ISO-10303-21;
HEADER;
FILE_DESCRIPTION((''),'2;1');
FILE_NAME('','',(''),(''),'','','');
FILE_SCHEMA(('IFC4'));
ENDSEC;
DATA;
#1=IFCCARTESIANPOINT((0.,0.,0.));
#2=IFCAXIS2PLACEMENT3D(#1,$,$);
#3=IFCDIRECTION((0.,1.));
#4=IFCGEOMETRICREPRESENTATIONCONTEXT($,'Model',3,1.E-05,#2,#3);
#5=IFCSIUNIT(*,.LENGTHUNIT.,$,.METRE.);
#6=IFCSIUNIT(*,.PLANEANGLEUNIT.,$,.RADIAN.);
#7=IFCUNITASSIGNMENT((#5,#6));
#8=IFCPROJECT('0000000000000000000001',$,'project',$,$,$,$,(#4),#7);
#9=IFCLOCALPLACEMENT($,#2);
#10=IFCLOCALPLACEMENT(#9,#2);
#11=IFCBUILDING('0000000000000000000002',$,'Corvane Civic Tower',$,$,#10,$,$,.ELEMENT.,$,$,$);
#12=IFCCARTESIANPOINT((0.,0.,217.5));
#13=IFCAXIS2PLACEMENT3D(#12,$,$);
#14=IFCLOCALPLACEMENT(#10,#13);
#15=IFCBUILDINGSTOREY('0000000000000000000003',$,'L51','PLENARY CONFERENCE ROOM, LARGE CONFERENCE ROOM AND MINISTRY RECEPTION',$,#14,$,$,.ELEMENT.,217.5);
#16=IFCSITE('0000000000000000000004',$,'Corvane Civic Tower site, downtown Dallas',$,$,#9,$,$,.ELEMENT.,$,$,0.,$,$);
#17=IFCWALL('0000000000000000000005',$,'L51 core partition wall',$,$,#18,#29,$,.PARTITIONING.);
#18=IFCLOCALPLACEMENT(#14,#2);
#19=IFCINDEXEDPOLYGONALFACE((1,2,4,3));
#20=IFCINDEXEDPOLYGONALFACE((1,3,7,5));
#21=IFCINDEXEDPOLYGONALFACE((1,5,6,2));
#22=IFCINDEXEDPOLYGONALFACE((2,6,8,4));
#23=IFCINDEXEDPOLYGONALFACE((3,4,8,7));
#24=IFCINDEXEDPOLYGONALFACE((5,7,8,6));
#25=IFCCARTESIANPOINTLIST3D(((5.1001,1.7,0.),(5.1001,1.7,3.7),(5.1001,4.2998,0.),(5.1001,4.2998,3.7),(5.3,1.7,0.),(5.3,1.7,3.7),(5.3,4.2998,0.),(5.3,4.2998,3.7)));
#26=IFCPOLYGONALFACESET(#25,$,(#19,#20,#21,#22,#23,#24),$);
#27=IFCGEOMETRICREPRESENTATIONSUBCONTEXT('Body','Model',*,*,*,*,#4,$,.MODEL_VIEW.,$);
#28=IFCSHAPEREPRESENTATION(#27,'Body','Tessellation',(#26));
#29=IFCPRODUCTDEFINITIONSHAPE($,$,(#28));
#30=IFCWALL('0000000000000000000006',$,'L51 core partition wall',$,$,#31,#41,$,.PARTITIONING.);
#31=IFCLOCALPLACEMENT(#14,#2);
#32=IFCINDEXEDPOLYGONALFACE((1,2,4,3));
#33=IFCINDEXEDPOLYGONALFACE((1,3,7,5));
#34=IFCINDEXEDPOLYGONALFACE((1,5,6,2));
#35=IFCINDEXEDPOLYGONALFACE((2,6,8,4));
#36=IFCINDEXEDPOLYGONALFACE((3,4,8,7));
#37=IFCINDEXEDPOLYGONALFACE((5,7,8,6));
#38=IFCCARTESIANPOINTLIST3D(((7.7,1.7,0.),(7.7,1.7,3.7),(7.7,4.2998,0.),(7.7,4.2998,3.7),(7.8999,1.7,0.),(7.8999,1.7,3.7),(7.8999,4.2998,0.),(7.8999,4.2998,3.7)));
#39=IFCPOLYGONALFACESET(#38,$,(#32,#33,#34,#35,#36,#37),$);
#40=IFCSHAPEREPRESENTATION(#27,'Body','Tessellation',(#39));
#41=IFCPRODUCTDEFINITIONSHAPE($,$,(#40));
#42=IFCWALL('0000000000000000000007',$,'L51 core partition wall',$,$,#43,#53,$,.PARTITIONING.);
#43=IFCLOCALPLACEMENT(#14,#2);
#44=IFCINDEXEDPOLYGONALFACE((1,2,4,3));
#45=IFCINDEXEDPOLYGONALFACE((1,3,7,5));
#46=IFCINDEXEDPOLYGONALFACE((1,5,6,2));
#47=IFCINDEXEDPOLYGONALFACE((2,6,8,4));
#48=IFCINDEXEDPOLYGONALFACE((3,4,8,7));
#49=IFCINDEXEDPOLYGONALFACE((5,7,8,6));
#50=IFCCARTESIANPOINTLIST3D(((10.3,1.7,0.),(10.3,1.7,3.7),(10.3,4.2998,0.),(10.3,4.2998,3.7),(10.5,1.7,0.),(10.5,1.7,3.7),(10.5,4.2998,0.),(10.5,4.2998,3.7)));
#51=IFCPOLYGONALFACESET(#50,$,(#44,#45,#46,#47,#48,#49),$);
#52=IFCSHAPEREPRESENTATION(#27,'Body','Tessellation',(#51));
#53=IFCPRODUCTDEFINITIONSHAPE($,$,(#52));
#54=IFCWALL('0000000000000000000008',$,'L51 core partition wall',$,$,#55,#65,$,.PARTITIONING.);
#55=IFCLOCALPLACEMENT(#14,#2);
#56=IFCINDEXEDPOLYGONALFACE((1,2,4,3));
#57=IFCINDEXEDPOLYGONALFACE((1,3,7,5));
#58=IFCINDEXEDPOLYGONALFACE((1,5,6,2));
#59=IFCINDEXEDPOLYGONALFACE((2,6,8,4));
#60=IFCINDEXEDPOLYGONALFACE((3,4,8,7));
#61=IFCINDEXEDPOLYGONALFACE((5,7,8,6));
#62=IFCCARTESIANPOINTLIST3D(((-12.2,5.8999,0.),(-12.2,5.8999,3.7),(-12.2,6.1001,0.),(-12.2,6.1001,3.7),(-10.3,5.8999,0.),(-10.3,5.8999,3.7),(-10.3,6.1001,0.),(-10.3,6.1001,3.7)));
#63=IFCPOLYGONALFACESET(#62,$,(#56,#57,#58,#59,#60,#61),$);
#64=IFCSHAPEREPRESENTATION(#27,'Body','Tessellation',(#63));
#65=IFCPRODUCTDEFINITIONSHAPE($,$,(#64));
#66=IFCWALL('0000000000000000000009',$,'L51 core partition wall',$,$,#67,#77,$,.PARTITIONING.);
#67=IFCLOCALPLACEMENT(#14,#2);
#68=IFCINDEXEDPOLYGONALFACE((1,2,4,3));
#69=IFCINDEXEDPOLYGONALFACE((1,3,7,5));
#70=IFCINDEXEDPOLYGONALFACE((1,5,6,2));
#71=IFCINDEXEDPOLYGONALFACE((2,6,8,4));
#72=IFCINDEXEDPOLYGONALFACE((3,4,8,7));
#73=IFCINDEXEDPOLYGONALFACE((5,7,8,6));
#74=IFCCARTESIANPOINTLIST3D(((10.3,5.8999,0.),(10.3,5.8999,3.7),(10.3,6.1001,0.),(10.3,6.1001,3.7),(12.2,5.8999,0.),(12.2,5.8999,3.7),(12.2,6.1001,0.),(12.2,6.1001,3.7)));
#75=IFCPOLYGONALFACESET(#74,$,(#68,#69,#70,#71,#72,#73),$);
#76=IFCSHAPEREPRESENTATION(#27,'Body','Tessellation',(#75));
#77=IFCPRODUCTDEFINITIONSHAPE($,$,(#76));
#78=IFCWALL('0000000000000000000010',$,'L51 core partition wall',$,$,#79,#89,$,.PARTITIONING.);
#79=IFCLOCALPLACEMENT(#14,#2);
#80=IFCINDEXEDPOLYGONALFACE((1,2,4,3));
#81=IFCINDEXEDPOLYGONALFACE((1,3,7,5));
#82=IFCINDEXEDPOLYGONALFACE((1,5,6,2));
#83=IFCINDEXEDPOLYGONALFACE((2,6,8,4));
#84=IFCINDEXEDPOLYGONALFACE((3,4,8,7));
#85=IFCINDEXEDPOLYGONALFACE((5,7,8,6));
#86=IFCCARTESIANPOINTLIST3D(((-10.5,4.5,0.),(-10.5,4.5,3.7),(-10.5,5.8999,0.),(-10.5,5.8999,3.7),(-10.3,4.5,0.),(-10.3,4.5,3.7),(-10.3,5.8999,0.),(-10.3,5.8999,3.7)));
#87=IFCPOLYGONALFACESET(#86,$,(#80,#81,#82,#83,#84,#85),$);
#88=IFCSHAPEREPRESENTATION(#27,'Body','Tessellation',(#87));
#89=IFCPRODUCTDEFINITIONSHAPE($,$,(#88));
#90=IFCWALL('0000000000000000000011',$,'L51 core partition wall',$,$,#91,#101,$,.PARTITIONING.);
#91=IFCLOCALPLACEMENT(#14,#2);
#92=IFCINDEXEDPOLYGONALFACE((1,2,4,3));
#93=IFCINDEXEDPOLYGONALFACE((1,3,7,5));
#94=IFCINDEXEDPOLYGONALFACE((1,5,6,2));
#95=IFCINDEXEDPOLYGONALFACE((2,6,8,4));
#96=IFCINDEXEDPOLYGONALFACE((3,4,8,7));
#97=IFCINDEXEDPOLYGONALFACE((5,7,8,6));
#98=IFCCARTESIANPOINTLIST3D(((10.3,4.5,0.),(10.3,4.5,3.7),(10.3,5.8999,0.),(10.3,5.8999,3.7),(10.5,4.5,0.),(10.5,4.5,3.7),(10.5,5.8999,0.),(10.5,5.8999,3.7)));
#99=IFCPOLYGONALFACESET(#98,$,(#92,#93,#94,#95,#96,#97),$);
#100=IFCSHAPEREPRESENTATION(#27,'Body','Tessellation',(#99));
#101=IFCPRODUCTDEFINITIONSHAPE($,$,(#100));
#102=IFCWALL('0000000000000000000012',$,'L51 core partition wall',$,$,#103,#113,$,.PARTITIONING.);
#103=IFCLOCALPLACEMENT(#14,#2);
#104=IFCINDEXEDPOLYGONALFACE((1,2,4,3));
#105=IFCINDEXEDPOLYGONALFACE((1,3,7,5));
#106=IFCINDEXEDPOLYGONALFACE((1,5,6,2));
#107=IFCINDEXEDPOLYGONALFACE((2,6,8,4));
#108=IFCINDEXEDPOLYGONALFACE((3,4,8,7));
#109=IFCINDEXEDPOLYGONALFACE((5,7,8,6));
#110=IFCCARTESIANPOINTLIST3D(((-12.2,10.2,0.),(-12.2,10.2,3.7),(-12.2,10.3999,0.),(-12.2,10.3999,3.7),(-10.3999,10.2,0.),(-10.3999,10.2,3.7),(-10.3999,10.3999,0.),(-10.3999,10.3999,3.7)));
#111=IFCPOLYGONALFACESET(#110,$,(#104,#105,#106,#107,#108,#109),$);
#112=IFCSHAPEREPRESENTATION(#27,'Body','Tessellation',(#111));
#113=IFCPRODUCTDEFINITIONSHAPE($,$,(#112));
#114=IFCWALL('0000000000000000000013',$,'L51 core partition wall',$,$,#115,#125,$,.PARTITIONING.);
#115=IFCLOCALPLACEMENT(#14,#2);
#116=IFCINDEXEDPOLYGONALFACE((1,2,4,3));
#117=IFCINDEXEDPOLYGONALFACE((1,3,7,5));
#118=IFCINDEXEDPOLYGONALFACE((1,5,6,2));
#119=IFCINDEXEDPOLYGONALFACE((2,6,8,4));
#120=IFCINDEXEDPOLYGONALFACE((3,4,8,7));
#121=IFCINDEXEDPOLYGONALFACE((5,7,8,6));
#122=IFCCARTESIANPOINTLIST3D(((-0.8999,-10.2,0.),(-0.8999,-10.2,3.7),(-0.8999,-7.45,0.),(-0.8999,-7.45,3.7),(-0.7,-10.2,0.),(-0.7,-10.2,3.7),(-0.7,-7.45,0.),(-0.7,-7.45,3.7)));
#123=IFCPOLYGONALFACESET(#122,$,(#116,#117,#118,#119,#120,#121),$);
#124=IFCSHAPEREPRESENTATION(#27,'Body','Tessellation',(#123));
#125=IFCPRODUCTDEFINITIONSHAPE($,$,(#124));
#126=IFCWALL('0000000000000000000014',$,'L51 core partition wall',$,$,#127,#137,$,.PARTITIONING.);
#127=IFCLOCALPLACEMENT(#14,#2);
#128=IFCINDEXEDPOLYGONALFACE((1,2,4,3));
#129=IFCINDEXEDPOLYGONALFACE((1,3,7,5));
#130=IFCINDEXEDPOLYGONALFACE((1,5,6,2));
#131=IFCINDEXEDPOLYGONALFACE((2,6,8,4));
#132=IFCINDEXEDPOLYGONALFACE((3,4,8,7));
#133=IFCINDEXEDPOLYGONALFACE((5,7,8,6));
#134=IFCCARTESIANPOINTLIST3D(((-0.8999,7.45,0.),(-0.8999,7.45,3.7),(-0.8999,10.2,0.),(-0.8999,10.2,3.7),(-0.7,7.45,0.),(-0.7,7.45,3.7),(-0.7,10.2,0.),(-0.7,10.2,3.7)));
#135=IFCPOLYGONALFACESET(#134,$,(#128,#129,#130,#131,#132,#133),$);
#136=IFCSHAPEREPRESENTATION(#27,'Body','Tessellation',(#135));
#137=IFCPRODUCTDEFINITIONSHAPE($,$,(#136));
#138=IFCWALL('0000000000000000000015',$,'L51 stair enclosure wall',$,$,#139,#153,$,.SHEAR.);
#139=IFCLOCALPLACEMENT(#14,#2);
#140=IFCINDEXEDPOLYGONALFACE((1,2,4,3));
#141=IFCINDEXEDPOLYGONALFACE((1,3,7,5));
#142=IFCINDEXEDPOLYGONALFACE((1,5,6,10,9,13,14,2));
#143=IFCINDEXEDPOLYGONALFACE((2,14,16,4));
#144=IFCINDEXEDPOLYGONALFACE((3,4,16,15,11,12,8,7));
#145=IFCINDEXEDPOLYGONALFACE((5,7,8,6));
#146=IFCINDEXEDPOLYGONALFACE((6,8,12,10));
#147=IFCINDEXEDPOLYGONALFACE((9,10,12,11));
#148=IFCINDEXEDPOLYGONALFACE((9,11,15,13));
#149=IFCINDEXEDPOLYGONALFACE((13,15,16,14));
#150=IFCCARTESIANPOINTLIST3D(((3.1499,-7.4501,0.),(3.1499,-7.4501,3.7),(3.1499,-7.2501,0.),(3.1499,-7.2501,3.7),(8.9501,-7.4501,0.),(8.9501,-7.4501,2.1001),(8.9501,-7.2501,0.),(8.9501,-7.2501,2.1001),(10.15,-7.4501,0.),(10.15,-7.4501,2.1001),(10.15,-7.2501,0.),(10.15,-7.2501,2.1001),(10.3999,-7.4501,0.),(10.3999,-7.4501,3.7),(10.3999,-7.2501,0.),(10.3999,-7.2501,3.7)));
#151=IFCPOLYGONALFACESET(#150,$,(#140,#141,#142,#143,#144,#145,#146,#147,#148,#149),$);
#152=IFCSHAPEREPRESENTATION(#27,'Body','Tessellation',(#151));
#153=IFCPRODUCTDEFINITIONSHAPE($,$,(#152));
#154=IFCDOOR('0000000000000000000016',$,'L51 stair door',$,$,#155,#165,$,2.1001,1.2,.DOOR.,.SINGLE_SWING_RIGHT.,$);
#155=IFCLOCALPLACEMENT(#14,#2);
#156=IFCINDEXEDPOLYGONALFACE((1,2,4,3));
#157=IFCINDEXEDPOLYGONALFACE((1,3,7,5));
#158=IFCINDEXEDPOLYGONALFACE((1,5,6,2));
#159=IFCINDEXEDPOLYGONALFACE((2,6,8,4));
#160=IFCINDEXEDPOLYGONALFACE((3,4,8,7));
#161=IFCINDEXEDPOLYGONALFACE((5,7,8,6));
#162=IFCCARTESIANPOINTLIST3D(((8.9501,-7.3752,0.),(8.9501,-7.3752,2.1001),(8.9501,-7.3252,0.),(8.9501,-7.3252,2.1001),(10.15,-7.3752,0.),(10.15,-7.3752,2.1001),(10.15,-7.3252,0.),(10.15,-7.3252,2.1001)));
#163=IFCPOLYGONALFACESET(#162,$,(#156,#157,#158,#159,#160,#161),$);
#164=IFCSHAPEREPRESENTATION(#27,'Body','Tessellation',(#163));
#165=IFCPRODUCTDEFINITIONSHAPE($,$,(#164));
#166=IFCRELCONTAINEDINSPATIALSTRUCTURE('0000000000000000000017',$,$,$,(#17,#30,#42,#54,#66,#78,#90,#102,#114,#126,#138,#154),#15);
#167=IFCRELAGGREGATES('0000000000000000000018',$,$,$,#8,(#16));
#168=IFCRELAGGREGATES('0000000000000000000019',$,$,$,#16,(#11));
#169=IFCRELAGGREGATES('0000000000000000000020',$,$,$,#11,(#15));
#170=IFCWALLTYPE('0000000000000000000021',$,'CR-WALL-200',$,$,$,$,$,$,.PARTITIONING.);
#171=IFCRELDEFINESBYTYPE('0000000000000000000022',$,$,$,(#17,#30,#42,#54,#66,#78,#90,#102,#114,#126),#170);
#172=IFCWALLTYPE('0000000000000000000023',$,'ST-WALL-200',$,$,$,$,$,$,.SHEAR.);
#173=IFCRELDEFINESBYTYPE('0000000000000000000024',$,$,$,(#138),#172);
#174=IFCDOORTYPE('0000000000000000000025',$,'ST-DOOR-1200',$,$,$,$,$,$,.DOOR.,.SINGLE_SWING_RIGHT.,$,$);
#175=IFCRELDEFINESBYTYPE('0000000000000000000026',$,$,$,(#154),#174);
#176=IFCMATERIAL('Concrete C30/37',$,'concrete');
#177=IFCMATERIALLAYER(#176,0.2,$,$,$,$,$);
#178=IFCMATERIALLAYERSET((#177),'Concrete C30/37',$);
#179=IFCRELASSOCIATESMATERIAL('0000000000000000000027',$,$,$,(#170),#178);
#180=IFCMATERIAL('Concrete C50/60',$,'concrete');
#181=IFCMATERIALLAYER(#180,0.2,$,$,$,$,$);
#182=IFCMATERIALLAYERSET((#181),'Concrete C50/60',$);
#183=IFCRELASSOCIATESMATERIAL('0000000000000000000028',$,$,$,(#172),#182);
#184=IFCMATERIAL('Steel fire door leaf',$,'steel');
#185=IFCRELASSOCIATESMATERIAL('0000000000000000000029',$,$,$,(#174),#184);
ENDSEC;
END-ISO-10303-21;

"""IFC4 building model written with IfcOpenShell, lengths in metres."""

from ifc_helpers import new_model, si_unit, direction, frame, frame_2d, origin, place, context, subcontext, project, spatial, polyline, rectangle, outline, extrude, material, layer, layer_set, type_object, element, fill, save


model = new_model("IFC4")

# Units and contexts
model_context = context("Model", 3, precision=1e-05, world=origin(), true_north=direction((0.0, 1.0)))
body_context = subcontext(model_context, "Body", "Model", "MODEL_VIEW")
ifc_project = project(units=[si_unit("LENGTHUNIT", "METRE"), si_unit("PLANEANGLEUNIT", "RADIAN")], contexts=[model_context])

# Site, building, storey
site_placement = place(None, origin())
site = spatial("IfcSite", under=ifc_project, at=site_placement, Name="Corvane Civic Tower site, downtown Dallas", CompositionType="ELEMENT", RefElevation=0.0)
building_placement = place(site_placement, origin())
building = spatial("IfcBuilding", under=site, at=building_placement, Name="Corvane Civic Tower", CompositionType="ELEMENT")
storey_placement = place(building_placement, frame((0.0, 0.0, 217.5)))
storey = spatial("IfcBuildingStorey", under=building, at=storey_placement, Name="L51", Description="PLENARY CONFERENCE ROOM, LARGE CONFERENCE ROOM AND MINISTRY RECEPTION", CompositionType="ELEMENT", Elevation=217.5)

# Shared definitions
ifc_material_1 = material(Name="Concrete C30/37", Category="concrete")
ifc_layer_1 = layer(ifc_material_1, 0.2)
ifc_layer_set_1 = layer_set([ifc_layer_1], Name="Concrete C30/37")
wall_type_1 = type_object("IfcWallType", Name="CR-WALL-200", PredefinedType="PARTITIONING", material=ifc_layer_set_1)

# Walls
wall_1_placement = place(storey_placement, origin())
element("IfcWall", 1, at=wall_1_placement, inside=storey, type_object=wall_type_1, Name="L51 core partition wall", PredefinedType="PARTITIONING", context=body_context, shape_type="SweptSolid", body=[
    extrude(outline(polyline([(5.3, 1.7), (5.1001, 1.7), (5.1001, 4.2998), (5.3, 4.2998), (5.3, 1.7)])), origin(), (0.0, 0.0, 1.0), 3.7),
])
wall_2_placement = place(storey_placement, origin())
element("IfcWall", 2, at=wall_2_placement, inside=storey, type_object=wall_type_1, Name="L51 core partition wall", PredefinedType="PARTITIONING", context=body_context, shape_type="SweptSolid", body=[
    extrude(outline(polyline([(7.8999, 1.7), (7.7, 1.7), (7.7, 4.2998), (7.8999, 4.2998), (7.8999, 1.7)])), origin(), (0.0, 0.0, 1.0), 3.7),
])
wall_3_placement = place(storey_placement, origin())
element("IfcWall", 3, at=wall_3_placement, inside=storey, type_object=wall_type_1, Name="L51 core partition wall", PredefinedType="PARTITIONING", context=body_context, shape_type="SweptSolid", body=[
    extrude(outline(polyline([(10.5, 1.7), (10.3, 1.7), (10.3, 4.2998), (10.5, 4.2998), (10.5, 1.7)])), origin(), (0.0, 0.0, 1.0), 3.7),
])
wall_4_placement = place(storey_placement, origin())
element("IfcWall", 4, at=wall_4_placement, inside=storey, type_object=wall_type_1, Name="L51 core partition wall", PredefinedType="PARTITIONING", context=body_context, shape_type="SweptSolid", body=[
    extrude(outline(polyline([(-10.3, 5.8999), (-12.2, 5.8999), (-12.2, 6.1001), (-10.3, 6.1001), (-10.3, 5.8999)])), origin(), (0.0, 0.0, 1.0), 3.7),
])
wall_5_placement = place(storey_placement, origin())
element("IfcWall", 5, at=wall_5_placement, inside=storey, type_object=wall_type_1, Name="L51 core partition wall", PredefinedType="PARTITIONING", context=body_context, shape_type="SweptSolid", body=[
    extrude(outline(polyline([(12.2, 5.8999), (10.3, 5.8999), (10.3, 6.1001), (12.2, 6.1001), (12.2, 5.8999)])), origin(), (0.0, 0.0, 1.0), 3.7),
])
wall_6_placement = place(storey_placement, origin())
element("IfcWall", 6, at=wall_6_placement, inside=storey, type_object=wall_type_1, Name="L51 core partition wall", PredefinedType="PARTITIONING", context=body_context, shape_type="SweptSolid", body=[
    extrude(outline(polyline([(-10.3, 4.5), (-10.5, 4.5), (-10.5, 5.8999), (-10.3, 5.8999), (-10.3, 4.5)])), origin(), (0.0, 0.0, 1.0), 3.7),
])
wall_7_placement = place(storey_placement, origin())
element("IfcWall", 7, at=wall_7_placement, inside=storey, type_object=wall_type_1, Name="L51 core partition wall", PredefinedType="PARTITIONING", context=body_context, shape_type="SweptSolid", body=[
    extrude(outline(polyline([(10.5, 4.5), (10.3, 4.5), (10.3, 5.8999), (10.5, 5.8999), (10.5, 4.5)])), origin(), (0.0, 0.0, 1.0), 3.7),
])
wall_8_placement = place(storey_placement, origin())
element("IfcWall", 8, at=wall_8_placement, inside=storey, type_object=wall_type_1, Name="L51 core partition wall", PredefinedType="PARTITIONING", context=body_context, shape_type="SweptSolid", body=[
    extrude(outline(polyline([(-10.3999, 10.2), (-12.2, 10.2), (-12.2, 10.3999), (-10.3999, 10.3999), (-10.3999, 10.2)])), origin(), (0.0, 0.0, 1.0), 3.7),
])
wall_9_placement = place(storey_placement, origin())
element("IfcWall", 9, at=wall_9_placement, inside=storey, type_object=wall_type_1, Name="L51 core partition wall", PredefinedType="PARTITIONING", context=body_context, shape_type="SweptSolid", body=[
    extrude(outline(polyline([(-0.7, -10.2), (-0.8999, -10.2), (-0.8999, -7.45), (-0.7, -7.45), (-0.7, -10.2)])), origin(), (0.0, 0.0, 1.0), 3.7),
])
wall_10_placement = place(storey_placement, origin())
element("IfcWall", 10, at=wall_10_placement, inside=storey, type_object=wall_type_1, Name="L51 core partition wall", PredefinedType="PARTITIONING", context=body_context, shape_type="SweptSolid", body=[
    extrude(outline(polyline([(-0.7, 7.45), (-0.8999, 7.45), (-0.8999, 10.2), (-0.7, 10.2), (-0.7, 7.45)])), origin(), (0.0, 0.0, 1.0), 3.7),
])

# Wall, opening, door
ifc_material_2 = material(Name="Concrete C50/60", Category="concrete")
ifc_layer_2 = layer(ifc_material_2, 0.2)
ifc_layer_set_2 = layer_set([ifc_layer_2], Name="Concrete C50/60")
wall_type_2 = type_object("IfcWallType", Name="ST-WALL-200", PredefinedType="SHEAR", material=ifc_layer_set_2)
wall_11_placement = place(storey_placement, frame((3.1499, -7.3501, 0.0), z_axis=(0.0, 0.0, 1.0), x_axis=(1.0, 0.0, 0.0)))
wall_11 = element("IfcWall", 11, at=wall_11_placement, inside=storey, type_object=wall_type_2, Name="L51 stair enclosure wall", PredefinedType="SHEAR", context=body_context, shape_type="SweptSolid", body=[
    extrude(rectangle(XDim=7.25, YDim=0.2, at=frame_2d((3.625, 0.0))), origin(), (0.0, 0.0, 1.0), 3.7),
])
opening_1_placement = place(wall_11_placement, frame((5.8, 0.0, 0.0)))
opening_1 = element("IfcOpeningElement", 12, at=opening_1_placement, cuts=wall_11, PredefinedType="OPENING", context=body_context, shape_type="SweptSolid", body=[
    extrude(rectangle(XDim=1.2, YDim=2.1001, at=frame_2d((0.6001, 1.05))), frame((0.0, 0.1099, 0.0), z_axis=(0.0, -1.0, 0.0), x_axis=(1.0, 0.0, 0.0)), (0.0, 0.0, 1.0), 0.22),
])
ifc_material_3 = material(Name="Steel fire door leaf", Category="steel")
door_type_1 = type_object("IfcDoorType", Name="ST-DOOR-1200", OperationType="SINGLE_SWING_RIGHT", PredefinedType="DOOR", material=ifc_material_3)
door_1_placement = place(opening_1_placement, origin())
door_1 = element("IfcDoor", 13, at=door_1_placement, inside=storey, type_object=door_type_1, Name="L51 stair door", OperationType="SINGLE_SWING_RIGHT", OverallHeight=2.1001, OverallWidth=1.2, PredefinedType="DOOR", context=body_context, shape_type="SweptSolid", body=[
    extrude(rectangle(XDim=1.2, YDim=2.1001, at=frame_2d((0.6001, 1.05))), frame((0.0, 0.0249, 0.0), z_axis=(0.0, -1.0, 0.0), x_axis=(1.0, 0.0, 0.0)), (0.0, 0.0, 1.0), 0.05),
])
fill(opening_1, door_1)

save(model, "model.ifc")
